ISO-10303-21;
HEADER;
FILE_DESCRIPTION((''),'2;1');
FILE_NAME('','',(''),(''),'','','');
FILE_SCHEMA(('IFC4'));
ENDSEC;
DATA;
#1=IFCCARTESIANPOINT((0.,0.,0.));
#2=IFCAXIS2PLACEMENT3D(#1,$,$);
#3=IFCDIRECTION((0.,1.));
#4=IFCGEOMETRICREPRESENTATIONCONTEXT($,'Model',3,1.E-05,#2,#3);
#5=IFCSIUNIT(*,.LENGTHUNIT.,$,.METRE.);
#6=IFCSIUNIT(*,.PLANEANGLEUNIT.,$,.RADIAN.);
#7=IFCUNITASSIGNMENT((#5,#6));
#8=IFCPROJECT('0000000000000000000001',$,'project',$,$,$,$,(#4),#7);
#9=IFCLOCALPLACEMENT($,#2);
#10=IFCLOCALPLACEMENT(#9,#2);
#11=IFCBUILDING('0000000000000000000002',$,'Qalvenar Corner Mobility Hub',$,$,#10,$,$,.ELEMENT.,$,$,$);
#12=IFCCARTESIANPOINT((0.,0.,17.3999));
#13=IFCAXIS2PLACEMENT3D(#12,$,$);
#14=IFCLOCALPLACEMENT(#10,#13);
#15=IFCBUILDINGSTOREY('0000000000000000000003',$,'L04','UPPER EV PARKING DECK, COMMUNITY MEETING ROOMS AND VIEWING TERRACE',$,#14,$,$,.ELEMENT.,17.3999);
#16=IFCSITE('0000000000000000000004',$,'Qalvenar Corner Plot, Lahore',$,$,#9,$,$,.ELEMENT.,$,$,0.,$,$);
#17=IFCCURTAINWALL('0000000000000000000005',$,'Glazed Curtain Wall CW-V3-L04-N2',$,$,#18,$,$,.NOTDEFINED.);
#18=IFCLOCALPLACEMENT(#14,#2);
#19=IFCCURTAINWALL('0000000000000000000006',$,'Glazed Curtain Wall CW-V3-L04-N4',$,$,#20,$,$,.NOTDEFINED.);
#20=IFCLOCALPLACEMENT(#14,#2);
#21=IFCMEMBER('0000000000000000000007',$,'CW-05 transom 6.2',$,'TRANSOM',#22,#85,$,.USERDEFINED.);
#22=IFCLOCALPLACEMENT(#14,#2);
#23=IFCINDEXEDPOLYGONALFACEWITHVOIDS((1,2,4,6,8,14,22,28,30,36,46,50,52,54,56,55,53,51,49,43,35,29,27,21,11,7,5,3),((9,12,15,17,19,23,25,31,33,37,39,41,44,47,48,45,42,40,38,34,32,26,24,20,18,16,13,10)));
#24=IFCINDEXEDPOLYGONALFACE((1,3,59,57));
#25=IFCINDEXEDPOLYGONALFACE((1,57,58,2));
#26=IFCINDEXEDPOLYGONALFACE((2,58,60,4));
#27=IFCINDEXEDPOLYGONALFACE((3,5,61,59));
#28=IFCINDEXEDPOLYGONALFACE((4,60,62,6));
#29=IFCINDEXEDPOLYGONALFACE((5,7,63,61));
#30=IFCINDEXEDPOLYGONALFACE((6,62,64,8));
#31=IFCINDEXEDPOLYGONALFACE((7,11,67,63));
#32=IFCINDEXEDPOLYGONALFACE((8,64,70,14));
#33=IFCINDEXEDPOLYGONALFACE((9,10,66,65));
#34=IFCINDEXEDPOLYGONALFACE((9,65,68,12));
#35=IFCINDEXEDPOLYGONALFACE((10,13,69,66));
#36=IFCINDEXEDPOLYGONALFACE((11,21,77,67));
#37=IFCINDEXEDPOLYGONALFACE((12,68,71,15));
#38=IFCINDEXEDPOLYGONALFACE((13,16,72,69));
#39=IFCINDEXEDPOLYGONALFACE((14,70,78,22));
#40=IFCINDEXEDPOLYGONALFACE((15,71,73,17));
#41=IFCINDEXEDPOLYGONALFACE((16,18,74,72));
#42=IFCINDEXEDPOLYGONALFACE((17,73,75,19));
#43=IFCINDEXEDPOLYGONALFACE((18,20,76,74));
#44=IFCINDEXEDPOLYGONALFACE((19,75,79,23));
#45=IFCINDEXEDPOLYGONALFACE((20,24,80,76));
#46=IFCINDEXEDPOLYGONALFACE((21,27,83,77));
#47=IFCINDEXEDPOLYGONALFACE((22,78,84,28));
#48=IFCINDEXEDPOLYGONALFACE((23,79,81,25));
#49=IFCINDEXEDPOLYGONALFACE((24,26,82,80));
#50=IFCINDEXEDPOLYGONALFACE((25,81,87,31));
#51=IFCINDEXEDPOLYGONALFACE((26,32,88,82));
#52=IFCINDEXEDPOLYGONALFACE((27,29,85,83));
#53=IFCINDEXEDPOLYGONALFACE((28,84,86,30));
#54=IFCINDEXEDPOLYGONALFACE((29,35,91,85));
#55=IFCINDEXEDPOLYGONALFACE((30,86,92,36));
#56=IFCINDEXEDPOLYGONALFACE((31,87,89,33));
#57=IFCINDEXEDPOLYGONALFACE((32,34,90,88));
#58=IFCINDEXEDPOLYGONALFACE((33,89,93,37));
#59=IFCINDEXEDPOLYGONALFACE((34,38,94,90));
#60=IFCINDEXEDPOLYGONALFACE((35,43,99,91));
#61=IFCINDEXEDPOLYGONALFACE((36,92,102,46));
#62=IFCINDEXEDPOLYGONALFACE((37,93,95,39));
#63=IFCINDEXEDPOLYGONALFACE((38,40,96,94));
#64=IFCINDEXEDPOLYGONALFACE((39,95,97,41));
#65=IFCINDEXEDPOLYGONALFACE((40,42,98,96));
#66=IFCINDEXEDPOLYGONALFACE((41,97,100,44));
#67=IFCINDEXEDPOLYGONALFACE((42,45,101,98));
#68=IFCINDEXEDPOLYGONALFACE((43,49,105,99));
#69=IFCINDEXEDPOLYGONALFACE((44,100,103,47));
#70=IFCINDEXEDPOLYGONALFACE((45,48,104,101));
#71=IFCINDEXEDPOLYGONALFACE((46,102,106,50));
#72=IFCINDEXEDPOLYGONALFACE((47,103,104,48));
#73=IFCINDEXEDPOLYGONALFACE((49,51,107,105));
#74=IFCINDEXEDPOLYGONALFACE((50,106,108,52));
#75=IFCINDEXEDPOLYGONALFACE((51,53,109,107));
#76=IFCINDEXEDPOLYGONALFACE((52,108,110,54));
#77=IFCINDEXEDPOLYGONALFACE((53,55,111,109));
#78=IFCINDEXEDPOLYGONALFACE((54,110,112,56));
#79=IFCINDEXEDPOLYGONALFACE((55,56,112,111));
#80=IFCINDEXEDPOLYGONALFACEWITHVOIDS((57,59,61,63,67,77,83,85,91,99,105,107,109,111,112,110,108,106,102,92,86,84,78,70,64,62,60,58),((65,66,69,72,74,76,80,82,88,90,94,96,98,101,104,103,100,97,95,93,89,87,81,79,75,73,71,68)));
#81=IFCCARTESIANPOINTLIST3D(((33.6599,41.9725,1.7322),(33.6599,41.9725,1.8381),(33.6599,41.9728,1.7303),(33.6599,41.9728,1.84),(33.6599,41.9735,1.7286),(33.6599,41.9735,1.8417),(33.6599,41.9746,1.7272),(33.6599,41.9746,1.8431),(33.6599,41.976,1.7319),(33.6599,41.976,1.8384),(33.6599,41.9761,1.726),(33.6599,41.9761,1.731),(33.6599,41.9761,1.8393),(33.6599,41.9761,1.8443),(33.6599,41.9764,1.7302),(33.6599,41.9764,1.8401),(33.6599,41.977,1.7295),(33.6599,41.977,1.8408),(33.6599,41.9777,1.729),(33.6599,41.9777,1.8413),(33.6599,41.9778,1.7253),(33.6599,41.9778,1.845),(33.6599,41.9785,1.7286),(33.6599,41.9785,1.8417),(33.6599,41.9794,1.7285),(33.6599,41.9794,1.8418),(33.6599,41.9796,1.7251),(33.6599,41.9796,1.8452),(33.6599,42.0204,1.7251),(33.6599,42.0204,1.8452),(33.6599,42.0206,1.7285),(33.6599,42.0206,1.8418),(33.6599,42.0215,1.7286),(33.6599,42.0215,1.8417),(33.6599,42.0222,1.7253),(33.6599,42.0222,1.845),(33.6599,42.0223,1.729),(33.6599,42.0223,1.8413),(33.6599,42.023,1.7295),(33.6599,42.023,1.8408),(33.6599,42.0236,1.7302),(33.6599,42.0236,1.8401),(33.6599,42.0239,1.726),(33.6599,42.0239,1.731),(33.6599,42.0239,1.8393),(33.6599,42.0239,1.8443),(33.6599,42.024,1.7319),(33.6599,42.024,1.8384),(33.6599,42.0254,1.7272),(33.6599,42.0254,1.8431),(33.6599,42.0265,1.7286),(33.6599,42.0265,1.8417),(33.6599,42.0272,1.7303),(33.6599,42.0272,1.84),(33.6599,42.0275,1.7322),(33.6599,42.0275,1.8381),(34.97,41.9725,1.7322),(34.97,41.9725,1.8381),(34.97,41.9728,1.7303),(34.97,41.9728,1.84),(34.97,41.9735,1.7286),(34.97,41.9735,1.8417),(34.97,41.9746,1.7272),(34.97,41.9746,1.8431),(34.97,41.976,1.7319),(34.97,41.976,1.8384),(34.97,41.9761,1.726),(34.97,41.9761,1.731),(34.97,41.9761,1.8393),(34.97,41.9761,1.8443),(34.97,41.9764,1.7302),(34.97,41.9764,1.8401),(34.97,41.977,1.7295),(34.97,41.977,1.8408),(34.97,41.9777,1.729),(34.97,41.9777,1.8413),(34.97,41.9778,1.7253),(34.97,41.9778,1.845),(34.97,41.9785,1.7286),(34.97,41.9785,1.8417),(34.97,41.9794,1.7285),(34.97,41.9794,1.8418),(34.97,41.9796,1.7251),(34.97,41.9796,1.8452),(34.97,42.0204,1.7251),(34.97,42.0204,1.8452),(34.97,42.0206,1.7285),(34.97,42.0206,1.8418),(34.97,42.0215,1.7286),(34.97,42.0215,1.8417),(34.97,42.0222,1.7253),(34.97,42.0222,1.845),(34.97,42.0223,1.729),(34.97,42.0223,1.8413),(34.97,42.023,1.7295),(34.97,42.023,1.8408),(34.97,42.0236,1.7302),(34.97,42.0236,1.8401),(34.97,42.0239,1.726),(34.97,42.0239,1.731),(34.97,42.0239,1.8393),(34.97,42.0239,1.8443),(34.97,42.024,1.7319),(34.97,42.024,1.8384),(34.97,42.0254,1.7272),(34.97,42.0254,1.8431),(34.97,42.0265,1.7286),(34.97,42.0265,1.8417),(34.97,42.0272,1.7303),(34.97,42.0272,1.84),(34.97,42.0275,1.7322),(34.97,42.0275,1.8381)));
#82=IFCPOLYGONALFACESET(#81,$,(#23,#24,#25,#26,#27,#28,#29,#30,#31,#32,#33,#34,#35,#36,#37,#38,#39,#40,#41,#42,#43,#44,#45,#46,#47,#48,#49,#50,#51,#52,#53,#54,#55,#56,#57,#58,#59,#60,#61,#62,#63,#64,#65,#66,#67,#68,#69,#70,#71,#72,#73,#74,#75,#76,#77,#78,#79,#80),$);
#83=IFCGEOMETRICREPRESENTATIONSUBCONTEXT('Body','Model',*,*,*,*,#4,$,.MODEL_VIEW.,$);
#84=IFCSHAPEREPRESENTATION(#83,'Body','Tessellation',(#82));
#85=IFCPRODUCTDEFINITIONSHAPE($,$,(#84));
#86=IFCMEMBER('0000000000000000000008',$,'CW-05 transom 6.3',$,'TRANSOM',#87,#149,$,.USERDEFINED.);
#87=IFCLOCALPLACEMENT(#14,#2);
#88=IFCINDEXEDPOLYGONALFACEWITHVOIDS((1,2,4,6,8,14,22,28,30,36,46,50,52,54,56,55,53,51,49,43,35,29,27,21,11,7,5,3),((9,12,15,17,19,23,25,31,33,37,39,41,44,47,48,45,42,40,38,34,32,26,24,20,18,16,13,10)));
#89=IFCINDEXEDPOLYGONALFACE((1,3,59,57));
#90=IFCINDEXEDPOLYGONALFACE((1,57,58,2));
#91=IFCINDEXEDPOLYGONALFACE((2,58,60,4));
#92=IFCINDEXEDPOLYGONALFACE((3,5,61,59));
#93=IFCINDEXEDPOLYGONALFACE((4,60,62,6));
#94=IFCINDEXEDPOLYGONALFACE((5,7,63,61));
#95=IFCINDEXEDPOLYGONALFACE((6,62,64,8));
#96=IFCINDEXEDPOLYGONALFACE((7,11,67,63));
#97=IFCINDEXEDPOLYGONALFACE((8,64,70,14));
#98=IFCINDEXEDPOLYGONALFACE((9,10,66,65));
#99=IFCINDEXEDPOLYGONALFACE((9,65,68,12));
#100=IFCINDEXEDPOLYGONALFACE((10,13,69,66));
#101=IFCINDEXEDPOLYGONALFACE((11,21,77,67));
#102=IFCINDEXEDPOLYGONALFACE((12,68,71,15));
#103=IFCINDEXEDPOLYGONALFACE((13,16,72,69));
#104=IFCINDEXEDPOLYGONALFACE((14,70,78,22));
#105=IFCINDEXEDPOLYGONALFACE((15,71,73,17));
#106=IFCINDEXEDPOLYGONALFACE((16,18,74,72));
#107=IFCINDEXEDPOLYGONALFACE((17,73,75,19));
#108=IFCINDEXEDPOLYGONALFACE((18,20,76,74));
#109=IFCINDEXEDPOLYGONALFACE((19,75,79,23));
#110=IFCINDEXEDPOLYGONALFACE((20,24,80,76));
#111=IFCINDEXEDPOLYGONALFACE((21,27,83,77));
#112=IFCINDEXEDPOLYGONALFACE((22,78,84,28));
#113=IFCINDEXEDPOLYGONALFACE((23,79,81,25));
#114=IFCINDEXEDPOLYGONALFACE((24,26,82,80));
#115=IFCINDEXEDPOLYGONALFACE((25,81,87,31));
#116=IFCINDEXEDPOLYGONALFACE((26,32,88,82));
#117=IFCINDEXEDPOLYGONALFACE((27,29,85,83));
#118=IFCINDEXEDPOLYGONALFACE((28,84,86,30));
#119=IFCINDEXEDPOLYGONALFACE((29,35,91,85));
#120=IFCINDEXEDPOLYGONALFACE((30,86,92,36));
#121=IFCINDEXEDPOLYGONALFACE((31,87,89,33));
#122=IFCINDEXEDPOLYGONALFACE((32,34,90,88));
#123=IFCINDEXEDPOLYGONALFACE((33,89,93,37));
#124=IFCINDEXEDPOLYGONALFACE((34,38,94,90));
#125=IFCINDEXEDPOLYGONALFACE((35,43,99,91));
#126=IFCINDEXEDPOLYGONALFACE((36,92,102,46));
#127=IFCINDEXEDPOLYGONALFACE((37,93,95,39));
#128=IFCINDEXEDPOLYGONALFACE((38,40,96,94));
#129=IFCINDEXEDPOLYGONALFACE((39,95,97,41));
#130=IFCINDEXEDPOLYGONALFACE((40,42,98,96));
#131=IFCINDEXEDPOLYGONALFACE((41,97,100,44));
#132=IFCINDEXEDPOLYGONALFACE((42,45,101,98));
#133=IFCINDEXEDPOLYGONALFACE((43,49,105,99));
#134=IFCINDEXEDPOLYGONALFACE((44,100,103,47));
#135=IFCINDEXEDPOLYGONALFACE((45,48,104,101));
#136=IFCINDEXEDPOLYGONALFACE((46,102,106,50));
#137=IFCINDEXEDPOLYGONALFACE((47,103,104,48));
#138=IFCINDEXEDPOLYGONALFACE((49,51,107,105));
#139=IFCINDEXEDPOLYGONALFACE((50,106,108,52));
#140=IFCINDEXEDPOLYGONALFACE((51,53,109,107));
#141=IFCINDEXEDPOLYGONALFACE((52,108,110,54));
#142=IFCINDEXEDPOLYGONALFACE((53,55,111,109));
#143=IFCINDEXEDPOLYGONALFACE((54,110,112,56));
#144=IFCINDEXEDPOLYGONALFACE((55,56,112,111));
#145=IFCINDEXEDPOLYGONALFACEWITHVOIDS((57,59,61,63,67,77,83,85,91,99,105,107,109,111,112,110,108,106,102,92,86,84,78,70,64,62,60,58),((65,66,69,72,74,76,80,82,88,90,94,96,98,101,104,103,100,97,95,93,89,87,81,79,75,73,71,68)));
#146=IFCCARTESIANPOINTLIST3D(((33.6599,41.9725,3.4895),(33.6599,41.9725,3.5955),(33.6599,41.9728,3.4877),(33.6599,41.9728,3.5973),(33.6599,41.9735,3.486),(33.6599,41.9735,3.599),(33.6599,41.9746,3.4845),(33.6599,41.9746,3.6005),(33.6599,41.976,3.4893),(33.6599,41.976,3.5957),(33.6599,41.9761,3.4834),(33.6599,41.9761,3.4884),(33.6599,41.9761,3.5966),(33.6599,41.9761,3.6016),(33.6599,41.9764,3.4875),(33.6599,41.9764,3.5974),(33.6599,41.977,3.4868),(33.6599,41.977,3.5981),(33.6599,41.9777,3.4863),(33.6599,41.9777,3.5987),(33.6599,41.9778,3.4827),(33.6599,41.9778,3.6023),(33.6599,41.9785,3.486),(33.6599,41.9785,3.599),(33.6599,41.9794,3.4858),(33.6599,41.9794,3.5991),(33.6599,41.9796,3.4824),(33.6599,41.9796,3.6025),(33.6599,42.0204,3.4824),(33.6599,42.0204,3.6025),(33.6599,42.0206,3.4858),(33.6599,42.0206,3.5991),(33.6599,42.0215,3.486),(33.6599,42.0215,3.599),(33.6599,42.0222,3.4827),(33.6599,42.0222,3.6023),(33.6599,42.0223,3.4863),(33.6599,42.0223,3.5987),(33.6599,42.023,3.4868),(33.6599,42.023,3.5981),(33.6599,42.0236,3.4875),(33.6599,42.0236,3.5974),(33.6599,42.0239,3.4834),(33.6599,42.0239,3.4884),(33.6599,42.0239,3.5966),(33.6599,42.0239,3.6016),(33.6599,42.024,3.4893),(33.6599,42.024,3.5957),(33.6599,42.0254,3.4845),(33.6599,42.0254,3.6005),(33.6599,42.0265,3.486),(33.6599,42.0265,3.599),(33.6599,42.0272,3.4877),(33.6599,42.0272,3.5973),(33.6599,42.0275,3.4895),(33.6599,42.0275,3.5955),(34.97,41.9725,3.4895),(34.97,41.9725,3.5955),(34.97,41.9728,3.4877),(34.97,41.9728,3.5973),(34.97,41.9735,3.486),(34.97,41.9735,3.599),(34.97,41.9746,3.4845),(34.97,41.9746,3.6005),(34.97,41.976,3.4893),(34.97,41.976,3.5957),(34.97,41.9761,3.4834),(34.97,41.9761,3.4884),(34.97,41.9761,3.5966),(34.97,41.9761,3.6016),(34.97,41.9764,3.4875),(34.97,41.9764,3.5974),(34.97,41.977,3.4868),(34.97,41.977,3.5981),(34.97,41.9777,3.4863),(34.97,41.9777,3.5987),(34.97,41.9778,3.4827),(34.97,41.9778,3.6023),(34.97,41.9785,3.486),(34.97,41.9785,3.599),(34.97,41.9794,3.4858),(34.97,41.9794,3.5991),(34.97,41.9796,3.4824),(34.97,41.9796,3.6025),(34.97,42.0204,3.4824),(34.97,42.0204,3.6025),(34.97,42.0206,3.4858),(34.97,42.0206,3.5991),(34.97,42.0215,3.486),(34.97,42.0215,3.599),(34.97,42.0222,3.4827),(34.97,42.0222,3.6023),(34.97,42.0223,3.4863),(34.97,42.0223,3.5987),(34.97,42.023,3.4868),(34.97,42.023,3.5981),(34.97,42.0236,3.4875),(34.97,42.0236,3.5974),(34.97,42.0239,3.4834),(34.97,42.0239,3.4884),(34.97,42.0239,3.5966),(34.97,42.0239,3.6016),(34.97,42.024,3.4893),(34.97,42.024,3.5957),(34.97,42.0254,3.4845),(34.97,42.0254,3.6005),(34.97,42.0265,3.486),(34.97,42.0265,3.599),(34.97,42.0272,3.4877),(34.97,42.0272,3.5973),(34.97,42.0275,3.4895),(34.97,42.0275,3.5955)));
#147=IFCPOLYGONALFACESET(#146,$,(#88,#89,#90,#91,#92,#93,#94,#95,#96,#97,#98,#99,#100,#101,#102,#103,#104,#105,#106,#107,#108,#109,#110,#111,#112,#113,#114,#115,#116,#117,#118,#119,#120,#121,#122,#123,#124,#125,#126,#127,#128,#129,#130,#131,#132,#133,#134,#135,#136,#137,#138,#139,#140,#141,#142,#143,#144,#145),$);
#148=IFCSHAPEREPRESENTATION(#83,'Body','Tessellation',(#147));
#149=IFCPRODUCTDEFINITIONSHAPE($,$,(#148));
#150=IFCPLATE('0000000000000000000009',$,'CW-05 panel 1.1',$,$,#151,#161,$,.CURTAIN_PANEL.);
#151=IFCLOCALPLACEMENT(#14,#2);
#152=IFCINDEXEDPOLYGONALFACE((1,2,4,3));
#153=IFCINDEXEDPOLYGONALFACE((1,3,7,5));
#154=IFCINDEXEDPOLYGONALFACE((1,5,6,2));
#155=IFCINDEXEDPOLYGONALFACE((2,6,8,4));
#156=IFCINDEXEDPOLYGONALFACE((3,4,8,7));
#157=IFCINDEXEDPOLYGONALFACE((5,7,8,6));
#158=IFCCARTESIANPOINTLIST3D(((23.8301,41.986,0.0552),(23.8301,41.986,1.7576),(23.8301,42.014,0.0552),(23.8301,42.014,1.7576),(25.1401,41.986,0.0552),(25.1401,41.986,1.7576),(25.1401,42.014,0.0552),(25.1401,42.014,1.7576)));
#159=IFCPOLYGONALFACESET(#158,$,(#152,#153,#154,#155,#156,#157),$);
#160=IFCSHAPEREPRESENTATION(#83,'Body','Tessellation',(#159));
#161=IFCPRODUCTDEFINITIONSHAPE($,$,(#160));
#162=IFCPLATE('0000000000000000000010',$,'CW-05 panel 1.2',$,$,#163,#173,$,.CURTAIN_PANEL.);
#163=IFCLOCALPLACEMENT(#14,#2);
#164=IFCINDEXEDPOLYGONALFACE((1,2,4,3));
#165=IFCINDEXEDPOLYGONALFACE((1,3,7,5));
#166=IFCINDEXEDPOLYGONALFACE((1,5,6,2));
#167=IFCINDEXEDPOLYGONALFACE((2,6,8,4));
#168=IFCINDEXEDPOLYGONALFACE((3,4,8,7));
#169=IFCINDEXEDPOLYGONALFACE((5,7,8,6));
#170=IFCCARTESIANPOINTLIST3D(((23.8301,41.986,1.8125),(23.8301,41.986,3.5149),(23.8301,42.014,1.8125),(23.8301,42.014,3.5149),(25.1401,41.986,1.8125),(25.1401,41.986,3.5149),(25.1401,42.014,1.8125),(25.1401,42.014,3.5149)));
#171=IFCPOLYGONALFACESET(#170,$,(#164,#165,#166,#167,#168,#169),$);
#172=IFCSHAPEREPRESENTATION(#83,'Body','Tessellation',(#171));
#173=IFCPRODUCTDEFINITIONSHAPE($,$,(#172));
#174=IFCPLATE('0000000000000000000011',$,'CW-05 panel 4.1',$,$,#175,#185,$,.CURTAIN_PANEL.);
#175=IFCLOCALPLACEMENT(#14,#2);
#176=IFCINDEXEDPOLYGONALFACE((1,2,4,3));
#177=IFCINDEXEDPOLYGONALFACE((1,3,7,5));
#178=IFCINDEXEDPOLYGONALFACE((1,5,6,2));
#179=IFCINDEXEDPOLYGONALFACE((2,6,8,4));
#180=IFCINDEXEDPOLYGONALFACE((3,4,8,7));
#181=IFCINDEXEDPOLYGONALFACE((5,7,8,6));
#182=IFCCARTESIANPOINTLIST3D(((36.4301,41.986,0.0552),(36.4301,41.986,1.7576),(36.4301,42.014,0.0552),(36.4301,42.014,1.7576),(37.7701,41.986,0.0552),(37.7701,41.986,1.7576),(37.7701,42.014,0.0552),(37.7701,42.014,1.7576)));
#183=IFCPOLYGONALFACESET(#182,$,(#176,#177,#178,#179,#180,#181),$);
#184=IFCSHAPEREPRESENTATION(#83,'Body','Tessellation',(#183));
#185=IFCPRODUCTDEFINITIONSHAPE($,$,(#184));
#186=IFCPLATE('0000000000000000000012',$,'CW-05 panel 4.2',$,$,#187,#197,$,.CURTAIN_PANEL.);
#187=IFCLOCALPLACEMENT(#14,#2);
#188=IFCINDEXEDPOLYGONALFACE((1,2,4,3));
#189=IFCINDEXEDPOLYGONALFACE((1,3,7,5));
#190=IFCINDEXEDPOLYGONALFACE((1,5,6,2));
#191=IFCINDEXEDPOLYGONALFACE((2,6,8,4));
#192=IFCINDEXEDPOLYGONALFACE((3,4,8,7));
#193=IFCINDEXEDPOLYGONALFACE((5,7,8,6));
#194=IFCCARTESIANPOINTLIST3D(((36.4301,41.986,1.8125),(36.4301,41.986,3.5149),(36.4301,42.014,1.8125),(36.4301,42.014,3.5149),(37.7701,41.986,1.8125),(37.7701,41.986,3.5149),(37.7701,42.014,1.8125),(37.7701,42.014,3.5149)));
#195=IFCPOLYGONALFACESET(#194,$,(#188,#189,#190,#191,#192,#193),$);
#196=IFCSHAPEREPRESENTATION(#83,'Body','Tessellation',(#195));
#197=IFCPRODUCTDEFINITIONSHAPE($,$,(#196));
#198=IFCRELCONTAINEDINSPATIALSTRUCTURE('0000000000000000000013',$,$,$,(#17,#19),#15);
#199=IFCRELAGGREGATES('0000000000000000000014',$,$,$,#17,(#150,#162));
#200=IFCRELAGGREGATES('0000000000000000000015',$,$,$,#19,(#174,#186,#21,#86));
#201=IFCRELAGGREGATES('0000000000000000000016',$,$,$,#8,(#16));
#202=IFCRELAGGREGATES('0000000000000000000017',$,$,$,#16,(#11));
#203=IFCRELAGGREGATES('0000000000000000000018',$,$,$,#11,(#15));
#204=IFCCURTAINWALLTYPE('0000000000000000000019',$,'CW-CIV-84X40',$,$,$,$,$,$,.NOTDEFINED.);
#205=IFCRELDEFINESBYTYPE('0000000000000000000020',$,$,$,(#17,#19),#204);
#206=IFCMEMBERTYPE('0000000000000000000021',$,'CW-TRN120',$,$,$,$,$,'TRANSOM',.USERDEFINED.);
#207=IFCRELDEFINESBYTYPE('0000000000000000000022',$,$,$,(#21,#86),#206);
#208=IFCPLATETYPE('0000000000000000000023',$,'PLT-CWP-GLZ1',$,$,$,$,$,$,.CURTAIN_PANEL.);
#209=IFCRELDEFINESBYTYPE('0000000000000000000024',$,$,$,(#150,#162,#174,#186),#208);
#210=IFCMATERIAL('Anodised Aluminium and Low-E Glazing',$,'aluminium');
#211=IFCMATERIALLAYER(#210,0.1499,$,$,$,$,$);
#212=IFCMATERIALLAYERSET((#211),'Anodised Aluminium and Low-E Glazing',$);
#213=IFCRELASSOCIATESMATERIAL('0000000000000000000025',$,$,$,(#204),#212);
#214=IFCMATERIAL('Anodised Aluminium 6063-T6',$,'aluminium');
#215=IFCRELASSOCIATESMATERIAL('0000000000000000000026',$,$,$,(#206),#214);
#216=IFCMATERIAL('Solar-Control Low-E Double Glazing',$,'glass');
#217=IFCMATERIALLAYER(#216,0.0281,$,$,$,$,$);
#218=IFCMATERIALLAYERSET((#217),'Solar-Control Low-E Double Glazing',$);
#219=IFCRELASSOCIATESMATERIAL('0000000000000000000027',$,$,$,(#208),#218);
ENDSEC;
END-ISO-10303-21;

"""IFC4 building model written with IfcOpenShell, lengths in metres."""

from ifc_helpers import new_model, si_unit, direction, frame, origin, origin_2d, place, context, subcontext, project, spatial, rectangle, hollow_rectangle, extrude, material, layer, layer_set, material_profile, profile_set, type_object, element, aggregate, save


model = new_model("IFC4")

# Units and contexts
model_context = context("Model", 3, precision=1e-05, world=origin(), true_north=direction((0.0, 1.0)))
body_context = subcontext(model_context, "Body", "Model", "MODEL_VIEW")
ifc_project = project(units=[si_unit("LENGTHUNIT", "METRE"), si_unit("PLANEANGLEUNIT", "RADIAN")], contexts=[model_context])

# Site, building, storey
site_placement = place(None, origin())
site = spatial("IfcSite", under=ifc_project, at=site_placement, Name="Qalvenar Corner Plot, Lahore", CompositionType="ELEMENT", RefElevation=0.0)
building_placement = place(site_placement, origin())
building = spatial("IfcBuilding", under=site, at=building_placement, Name="Qalvenar Corner Mobility Hub", CompositionType="ELEMENT")
storey_placement = place(building_placement, frame((0.0, 0.0, 17.3999)))
storey = spatial("IfcBuildingStorey", under=building, at=storey_placement, Name="L04", Description="UPPER EV PARKING DECK, COMMUNITY MEETING ROOMS AND VIEWING TERRACE", CompositionType="ELEMENT", Elevation=17.3999)

# Curtain walls
ifc_material_1 = material(Name="Anodised Aluminium and Low-E Glazing", Category="aluminium")
ifc_layer_1 = layer(ifc_material_1, 0.1499)
ifc_layer_set_1 = layer_set([ifc_layer_1], Name="Anodised Aluminium and Low-E Glazing")
curtain_wall_type = type_object("IfcCurtainWallType", Name="CW-CIV-84X40", PredefinedType="NOTDEFINED", material=ifc_layer_set_1)
curtain_wall_1_placement = place(storey_placement, origin())
curtain_wall_1 = element("IfcCurtainWall", 1, at=curtain_wall_1_placement, inside=storey, type_object=curtain_wall_type, Name="Glazed Curtain Wall CW-V3-L04-N2", PredefinedType="NOTDEFINED")
ifc_material_2 = material(Name="Anodised Aluminium 6063-T6", Category="aluminium")
curtain_wall_2_placement = place(storey_placement, origin())
curtain_wall_2 = element("IfcCurtainWall", 2, at=curtain_wall_2_placement, inside=storey, type_object=curtain_wall_type, Name="Glazed Curtain Wall CW-V3-L04-N4", PredefinedType="NOTDEFINED")

# Members
ifc_material_profile_1 = material_profile(ifc_material_2, hollow_rectangle(XDim=0.0549, YDim=0.1201, WallThickness=0.0034, InnerFilletRadius=0.0034, OuterFilletRadius=0.0071, at=origin_2d()), Name="RHS120x55x3.5")
ifc_profile_set_1 = profile_set([ifc_material_profile_1], Name="Anodised Aluminium 6063-T6")
member_type_1 = type_object("IfcMemberType", Name="CW-TRN120", ElementType="TRANSOM", PredefinedType="USERDEFINED", material=ifc_profile_set_1)
member_1_placement = place(storey_placement, frame((34.97, 42.0, 1.7852), z_axis=(-1.0, 0.0, 0.0), x_axis=(0.0, -1.0, 0.0)))
member_1 = element("IfcMember", 3, at=member_1_placement, type_object=member_type_1, Name="CW-05 transom 6.2", ObjectType="TRANSOM", PredefinedType="USERDEFINED", context=body_context, shape_type="SweptSolid", body=[
    extrude(hollow_rectangle(XDim=0.0549, YDim=0.1201, WallThickness=0.0034, InnerFilletRadius=0.0034, OuterFilletRadius=0.0071, at=origin_2d()), origin(), (0.0, 0.0, 1.0), 1.3101),
])
member_2_placement = place(storey_placement, frame((34.97, 42.0, 3.5425), z_axis=(-1.0, 0.0, 0.0), x_axis=(0.0, -1.0, 0.0)))
member_2 = element("IfcMember", 4, at=member_2_placement, type_object=member_type_1, Name="CW-05 transom 6.3", ObjectType="TRANSOM", PredefinedType="USERDEFINED", context=body_context, shape_type="SweptSolid", body=[
    extrude(hollow_rectangle(XDim=0.0549, YDim=0.1201, WallThickness=0.0034, InnerFilletRadius=0.0034, OuterFilletRadius=0.0071, at=origin_2d()), origin(), (0.0, 0.0, 1.0), 1.3101),
])

# Plates
ifc_material_3 = material(Name="Solar-Control Low-E Double Glazing", Category="glass")
ifc_layer_2 = layer(ifc_material_3, 0.0281)
ifc_layer_set_2 = layer_set([ifc_layer_2], Name="Solar-Control Low-E Double Glazing")
plate_type = type_object("IfcPlateType", Name="PLT-CWP-GLZ1", PredefinedType="CURTAIN_PANEL", material=ifc_layer_set_2)
plate_1_placement = place(storey_placement, frame((24.4851, 42.0, 0.0552), z_axis=(0.0, 0.0, 1.0), x_axis=(-1.0, 0.0, 0.0)))
plate_1 = element("IfcPlate", 5, at=plate_1_placement, type_object=plate_type, Name="CW-05 panel 1.1", PredefinedType="CURTAIN_PANEL", context=body_context, shape_type="SweptSolid", body=[
    extrude(rectangle(XDim=1.3101, YDim=0.0281, at=origin_2d()), origin(), (0.0, 0.0, 1.0), 1.7024),
])
plate_2_placement = place(storey_placement, frame((24.4851, 42.0, 1.8125), z_axis=(0.0, 0.0, 1.0), x_axis=(-1.0, 0.0, 0.0)))
plate_2 = element("IfcPlate", 6, at=plate_2_placement, type_object=plate_type, Name="CW-05 panel 1.2", PredefinedType="CURTAIN_PANEL", context=body_context, shape_type="SweptSolid", body=[
    extrude(rectangle(XDim=1.3101, YDim=0.0281, at=origin_2d()), origin(), (0.0, 0.0, 1.0), 1.7024),
])
aggregate(curtain_wall_1, [plate_1, plate_2])
plate_3_placement = place(storey_placement, frame((37.1001, 42.0, 0.0552), z_axis=(0.0, 0.0, 1.0), x_axis=(-1.0, 0.0, 0.0)))
plate_3 = element("IfcPlate", 7, at=plate_3_placement, type_object=plate_type, Name="CW-05 panel 4.1", PredefinedType="CURTAIN_PANEL", context=body_context, shape_type="SweptSolid", body=[
    extrude(rectangle(XDim=1.3401, YDim=0.0281, at=origin_2d()), origin(), (0.0, 0.0, 1.0), 1.7024),
])
plate_4_placement = place(storey_placement, frame((37.1001, 42.0, 1.8125), z_axis=(0.0, 0.0, 1.0), x_axis=(-1.0, 0.0, 0.0)))
plate_4 = element("IfcPlate", 8, at=plate_4_placement, type_object=plate_type, Name="CW-05 panel 4.2", PredefinedType="CURTAIN_PANEL", context=body_context, shape_type="SweptSolid", body=[
    extrude(rectangle(XDim=1.3401, YDim=0.0281, at=origin_2d()), origin(), (0.0, 0.0, 1.0), 1.7024),
])
aggregate(curtain_wall_2, [plate_3, plate_4, member_1, member_2])

save(model, "model.ifc")
